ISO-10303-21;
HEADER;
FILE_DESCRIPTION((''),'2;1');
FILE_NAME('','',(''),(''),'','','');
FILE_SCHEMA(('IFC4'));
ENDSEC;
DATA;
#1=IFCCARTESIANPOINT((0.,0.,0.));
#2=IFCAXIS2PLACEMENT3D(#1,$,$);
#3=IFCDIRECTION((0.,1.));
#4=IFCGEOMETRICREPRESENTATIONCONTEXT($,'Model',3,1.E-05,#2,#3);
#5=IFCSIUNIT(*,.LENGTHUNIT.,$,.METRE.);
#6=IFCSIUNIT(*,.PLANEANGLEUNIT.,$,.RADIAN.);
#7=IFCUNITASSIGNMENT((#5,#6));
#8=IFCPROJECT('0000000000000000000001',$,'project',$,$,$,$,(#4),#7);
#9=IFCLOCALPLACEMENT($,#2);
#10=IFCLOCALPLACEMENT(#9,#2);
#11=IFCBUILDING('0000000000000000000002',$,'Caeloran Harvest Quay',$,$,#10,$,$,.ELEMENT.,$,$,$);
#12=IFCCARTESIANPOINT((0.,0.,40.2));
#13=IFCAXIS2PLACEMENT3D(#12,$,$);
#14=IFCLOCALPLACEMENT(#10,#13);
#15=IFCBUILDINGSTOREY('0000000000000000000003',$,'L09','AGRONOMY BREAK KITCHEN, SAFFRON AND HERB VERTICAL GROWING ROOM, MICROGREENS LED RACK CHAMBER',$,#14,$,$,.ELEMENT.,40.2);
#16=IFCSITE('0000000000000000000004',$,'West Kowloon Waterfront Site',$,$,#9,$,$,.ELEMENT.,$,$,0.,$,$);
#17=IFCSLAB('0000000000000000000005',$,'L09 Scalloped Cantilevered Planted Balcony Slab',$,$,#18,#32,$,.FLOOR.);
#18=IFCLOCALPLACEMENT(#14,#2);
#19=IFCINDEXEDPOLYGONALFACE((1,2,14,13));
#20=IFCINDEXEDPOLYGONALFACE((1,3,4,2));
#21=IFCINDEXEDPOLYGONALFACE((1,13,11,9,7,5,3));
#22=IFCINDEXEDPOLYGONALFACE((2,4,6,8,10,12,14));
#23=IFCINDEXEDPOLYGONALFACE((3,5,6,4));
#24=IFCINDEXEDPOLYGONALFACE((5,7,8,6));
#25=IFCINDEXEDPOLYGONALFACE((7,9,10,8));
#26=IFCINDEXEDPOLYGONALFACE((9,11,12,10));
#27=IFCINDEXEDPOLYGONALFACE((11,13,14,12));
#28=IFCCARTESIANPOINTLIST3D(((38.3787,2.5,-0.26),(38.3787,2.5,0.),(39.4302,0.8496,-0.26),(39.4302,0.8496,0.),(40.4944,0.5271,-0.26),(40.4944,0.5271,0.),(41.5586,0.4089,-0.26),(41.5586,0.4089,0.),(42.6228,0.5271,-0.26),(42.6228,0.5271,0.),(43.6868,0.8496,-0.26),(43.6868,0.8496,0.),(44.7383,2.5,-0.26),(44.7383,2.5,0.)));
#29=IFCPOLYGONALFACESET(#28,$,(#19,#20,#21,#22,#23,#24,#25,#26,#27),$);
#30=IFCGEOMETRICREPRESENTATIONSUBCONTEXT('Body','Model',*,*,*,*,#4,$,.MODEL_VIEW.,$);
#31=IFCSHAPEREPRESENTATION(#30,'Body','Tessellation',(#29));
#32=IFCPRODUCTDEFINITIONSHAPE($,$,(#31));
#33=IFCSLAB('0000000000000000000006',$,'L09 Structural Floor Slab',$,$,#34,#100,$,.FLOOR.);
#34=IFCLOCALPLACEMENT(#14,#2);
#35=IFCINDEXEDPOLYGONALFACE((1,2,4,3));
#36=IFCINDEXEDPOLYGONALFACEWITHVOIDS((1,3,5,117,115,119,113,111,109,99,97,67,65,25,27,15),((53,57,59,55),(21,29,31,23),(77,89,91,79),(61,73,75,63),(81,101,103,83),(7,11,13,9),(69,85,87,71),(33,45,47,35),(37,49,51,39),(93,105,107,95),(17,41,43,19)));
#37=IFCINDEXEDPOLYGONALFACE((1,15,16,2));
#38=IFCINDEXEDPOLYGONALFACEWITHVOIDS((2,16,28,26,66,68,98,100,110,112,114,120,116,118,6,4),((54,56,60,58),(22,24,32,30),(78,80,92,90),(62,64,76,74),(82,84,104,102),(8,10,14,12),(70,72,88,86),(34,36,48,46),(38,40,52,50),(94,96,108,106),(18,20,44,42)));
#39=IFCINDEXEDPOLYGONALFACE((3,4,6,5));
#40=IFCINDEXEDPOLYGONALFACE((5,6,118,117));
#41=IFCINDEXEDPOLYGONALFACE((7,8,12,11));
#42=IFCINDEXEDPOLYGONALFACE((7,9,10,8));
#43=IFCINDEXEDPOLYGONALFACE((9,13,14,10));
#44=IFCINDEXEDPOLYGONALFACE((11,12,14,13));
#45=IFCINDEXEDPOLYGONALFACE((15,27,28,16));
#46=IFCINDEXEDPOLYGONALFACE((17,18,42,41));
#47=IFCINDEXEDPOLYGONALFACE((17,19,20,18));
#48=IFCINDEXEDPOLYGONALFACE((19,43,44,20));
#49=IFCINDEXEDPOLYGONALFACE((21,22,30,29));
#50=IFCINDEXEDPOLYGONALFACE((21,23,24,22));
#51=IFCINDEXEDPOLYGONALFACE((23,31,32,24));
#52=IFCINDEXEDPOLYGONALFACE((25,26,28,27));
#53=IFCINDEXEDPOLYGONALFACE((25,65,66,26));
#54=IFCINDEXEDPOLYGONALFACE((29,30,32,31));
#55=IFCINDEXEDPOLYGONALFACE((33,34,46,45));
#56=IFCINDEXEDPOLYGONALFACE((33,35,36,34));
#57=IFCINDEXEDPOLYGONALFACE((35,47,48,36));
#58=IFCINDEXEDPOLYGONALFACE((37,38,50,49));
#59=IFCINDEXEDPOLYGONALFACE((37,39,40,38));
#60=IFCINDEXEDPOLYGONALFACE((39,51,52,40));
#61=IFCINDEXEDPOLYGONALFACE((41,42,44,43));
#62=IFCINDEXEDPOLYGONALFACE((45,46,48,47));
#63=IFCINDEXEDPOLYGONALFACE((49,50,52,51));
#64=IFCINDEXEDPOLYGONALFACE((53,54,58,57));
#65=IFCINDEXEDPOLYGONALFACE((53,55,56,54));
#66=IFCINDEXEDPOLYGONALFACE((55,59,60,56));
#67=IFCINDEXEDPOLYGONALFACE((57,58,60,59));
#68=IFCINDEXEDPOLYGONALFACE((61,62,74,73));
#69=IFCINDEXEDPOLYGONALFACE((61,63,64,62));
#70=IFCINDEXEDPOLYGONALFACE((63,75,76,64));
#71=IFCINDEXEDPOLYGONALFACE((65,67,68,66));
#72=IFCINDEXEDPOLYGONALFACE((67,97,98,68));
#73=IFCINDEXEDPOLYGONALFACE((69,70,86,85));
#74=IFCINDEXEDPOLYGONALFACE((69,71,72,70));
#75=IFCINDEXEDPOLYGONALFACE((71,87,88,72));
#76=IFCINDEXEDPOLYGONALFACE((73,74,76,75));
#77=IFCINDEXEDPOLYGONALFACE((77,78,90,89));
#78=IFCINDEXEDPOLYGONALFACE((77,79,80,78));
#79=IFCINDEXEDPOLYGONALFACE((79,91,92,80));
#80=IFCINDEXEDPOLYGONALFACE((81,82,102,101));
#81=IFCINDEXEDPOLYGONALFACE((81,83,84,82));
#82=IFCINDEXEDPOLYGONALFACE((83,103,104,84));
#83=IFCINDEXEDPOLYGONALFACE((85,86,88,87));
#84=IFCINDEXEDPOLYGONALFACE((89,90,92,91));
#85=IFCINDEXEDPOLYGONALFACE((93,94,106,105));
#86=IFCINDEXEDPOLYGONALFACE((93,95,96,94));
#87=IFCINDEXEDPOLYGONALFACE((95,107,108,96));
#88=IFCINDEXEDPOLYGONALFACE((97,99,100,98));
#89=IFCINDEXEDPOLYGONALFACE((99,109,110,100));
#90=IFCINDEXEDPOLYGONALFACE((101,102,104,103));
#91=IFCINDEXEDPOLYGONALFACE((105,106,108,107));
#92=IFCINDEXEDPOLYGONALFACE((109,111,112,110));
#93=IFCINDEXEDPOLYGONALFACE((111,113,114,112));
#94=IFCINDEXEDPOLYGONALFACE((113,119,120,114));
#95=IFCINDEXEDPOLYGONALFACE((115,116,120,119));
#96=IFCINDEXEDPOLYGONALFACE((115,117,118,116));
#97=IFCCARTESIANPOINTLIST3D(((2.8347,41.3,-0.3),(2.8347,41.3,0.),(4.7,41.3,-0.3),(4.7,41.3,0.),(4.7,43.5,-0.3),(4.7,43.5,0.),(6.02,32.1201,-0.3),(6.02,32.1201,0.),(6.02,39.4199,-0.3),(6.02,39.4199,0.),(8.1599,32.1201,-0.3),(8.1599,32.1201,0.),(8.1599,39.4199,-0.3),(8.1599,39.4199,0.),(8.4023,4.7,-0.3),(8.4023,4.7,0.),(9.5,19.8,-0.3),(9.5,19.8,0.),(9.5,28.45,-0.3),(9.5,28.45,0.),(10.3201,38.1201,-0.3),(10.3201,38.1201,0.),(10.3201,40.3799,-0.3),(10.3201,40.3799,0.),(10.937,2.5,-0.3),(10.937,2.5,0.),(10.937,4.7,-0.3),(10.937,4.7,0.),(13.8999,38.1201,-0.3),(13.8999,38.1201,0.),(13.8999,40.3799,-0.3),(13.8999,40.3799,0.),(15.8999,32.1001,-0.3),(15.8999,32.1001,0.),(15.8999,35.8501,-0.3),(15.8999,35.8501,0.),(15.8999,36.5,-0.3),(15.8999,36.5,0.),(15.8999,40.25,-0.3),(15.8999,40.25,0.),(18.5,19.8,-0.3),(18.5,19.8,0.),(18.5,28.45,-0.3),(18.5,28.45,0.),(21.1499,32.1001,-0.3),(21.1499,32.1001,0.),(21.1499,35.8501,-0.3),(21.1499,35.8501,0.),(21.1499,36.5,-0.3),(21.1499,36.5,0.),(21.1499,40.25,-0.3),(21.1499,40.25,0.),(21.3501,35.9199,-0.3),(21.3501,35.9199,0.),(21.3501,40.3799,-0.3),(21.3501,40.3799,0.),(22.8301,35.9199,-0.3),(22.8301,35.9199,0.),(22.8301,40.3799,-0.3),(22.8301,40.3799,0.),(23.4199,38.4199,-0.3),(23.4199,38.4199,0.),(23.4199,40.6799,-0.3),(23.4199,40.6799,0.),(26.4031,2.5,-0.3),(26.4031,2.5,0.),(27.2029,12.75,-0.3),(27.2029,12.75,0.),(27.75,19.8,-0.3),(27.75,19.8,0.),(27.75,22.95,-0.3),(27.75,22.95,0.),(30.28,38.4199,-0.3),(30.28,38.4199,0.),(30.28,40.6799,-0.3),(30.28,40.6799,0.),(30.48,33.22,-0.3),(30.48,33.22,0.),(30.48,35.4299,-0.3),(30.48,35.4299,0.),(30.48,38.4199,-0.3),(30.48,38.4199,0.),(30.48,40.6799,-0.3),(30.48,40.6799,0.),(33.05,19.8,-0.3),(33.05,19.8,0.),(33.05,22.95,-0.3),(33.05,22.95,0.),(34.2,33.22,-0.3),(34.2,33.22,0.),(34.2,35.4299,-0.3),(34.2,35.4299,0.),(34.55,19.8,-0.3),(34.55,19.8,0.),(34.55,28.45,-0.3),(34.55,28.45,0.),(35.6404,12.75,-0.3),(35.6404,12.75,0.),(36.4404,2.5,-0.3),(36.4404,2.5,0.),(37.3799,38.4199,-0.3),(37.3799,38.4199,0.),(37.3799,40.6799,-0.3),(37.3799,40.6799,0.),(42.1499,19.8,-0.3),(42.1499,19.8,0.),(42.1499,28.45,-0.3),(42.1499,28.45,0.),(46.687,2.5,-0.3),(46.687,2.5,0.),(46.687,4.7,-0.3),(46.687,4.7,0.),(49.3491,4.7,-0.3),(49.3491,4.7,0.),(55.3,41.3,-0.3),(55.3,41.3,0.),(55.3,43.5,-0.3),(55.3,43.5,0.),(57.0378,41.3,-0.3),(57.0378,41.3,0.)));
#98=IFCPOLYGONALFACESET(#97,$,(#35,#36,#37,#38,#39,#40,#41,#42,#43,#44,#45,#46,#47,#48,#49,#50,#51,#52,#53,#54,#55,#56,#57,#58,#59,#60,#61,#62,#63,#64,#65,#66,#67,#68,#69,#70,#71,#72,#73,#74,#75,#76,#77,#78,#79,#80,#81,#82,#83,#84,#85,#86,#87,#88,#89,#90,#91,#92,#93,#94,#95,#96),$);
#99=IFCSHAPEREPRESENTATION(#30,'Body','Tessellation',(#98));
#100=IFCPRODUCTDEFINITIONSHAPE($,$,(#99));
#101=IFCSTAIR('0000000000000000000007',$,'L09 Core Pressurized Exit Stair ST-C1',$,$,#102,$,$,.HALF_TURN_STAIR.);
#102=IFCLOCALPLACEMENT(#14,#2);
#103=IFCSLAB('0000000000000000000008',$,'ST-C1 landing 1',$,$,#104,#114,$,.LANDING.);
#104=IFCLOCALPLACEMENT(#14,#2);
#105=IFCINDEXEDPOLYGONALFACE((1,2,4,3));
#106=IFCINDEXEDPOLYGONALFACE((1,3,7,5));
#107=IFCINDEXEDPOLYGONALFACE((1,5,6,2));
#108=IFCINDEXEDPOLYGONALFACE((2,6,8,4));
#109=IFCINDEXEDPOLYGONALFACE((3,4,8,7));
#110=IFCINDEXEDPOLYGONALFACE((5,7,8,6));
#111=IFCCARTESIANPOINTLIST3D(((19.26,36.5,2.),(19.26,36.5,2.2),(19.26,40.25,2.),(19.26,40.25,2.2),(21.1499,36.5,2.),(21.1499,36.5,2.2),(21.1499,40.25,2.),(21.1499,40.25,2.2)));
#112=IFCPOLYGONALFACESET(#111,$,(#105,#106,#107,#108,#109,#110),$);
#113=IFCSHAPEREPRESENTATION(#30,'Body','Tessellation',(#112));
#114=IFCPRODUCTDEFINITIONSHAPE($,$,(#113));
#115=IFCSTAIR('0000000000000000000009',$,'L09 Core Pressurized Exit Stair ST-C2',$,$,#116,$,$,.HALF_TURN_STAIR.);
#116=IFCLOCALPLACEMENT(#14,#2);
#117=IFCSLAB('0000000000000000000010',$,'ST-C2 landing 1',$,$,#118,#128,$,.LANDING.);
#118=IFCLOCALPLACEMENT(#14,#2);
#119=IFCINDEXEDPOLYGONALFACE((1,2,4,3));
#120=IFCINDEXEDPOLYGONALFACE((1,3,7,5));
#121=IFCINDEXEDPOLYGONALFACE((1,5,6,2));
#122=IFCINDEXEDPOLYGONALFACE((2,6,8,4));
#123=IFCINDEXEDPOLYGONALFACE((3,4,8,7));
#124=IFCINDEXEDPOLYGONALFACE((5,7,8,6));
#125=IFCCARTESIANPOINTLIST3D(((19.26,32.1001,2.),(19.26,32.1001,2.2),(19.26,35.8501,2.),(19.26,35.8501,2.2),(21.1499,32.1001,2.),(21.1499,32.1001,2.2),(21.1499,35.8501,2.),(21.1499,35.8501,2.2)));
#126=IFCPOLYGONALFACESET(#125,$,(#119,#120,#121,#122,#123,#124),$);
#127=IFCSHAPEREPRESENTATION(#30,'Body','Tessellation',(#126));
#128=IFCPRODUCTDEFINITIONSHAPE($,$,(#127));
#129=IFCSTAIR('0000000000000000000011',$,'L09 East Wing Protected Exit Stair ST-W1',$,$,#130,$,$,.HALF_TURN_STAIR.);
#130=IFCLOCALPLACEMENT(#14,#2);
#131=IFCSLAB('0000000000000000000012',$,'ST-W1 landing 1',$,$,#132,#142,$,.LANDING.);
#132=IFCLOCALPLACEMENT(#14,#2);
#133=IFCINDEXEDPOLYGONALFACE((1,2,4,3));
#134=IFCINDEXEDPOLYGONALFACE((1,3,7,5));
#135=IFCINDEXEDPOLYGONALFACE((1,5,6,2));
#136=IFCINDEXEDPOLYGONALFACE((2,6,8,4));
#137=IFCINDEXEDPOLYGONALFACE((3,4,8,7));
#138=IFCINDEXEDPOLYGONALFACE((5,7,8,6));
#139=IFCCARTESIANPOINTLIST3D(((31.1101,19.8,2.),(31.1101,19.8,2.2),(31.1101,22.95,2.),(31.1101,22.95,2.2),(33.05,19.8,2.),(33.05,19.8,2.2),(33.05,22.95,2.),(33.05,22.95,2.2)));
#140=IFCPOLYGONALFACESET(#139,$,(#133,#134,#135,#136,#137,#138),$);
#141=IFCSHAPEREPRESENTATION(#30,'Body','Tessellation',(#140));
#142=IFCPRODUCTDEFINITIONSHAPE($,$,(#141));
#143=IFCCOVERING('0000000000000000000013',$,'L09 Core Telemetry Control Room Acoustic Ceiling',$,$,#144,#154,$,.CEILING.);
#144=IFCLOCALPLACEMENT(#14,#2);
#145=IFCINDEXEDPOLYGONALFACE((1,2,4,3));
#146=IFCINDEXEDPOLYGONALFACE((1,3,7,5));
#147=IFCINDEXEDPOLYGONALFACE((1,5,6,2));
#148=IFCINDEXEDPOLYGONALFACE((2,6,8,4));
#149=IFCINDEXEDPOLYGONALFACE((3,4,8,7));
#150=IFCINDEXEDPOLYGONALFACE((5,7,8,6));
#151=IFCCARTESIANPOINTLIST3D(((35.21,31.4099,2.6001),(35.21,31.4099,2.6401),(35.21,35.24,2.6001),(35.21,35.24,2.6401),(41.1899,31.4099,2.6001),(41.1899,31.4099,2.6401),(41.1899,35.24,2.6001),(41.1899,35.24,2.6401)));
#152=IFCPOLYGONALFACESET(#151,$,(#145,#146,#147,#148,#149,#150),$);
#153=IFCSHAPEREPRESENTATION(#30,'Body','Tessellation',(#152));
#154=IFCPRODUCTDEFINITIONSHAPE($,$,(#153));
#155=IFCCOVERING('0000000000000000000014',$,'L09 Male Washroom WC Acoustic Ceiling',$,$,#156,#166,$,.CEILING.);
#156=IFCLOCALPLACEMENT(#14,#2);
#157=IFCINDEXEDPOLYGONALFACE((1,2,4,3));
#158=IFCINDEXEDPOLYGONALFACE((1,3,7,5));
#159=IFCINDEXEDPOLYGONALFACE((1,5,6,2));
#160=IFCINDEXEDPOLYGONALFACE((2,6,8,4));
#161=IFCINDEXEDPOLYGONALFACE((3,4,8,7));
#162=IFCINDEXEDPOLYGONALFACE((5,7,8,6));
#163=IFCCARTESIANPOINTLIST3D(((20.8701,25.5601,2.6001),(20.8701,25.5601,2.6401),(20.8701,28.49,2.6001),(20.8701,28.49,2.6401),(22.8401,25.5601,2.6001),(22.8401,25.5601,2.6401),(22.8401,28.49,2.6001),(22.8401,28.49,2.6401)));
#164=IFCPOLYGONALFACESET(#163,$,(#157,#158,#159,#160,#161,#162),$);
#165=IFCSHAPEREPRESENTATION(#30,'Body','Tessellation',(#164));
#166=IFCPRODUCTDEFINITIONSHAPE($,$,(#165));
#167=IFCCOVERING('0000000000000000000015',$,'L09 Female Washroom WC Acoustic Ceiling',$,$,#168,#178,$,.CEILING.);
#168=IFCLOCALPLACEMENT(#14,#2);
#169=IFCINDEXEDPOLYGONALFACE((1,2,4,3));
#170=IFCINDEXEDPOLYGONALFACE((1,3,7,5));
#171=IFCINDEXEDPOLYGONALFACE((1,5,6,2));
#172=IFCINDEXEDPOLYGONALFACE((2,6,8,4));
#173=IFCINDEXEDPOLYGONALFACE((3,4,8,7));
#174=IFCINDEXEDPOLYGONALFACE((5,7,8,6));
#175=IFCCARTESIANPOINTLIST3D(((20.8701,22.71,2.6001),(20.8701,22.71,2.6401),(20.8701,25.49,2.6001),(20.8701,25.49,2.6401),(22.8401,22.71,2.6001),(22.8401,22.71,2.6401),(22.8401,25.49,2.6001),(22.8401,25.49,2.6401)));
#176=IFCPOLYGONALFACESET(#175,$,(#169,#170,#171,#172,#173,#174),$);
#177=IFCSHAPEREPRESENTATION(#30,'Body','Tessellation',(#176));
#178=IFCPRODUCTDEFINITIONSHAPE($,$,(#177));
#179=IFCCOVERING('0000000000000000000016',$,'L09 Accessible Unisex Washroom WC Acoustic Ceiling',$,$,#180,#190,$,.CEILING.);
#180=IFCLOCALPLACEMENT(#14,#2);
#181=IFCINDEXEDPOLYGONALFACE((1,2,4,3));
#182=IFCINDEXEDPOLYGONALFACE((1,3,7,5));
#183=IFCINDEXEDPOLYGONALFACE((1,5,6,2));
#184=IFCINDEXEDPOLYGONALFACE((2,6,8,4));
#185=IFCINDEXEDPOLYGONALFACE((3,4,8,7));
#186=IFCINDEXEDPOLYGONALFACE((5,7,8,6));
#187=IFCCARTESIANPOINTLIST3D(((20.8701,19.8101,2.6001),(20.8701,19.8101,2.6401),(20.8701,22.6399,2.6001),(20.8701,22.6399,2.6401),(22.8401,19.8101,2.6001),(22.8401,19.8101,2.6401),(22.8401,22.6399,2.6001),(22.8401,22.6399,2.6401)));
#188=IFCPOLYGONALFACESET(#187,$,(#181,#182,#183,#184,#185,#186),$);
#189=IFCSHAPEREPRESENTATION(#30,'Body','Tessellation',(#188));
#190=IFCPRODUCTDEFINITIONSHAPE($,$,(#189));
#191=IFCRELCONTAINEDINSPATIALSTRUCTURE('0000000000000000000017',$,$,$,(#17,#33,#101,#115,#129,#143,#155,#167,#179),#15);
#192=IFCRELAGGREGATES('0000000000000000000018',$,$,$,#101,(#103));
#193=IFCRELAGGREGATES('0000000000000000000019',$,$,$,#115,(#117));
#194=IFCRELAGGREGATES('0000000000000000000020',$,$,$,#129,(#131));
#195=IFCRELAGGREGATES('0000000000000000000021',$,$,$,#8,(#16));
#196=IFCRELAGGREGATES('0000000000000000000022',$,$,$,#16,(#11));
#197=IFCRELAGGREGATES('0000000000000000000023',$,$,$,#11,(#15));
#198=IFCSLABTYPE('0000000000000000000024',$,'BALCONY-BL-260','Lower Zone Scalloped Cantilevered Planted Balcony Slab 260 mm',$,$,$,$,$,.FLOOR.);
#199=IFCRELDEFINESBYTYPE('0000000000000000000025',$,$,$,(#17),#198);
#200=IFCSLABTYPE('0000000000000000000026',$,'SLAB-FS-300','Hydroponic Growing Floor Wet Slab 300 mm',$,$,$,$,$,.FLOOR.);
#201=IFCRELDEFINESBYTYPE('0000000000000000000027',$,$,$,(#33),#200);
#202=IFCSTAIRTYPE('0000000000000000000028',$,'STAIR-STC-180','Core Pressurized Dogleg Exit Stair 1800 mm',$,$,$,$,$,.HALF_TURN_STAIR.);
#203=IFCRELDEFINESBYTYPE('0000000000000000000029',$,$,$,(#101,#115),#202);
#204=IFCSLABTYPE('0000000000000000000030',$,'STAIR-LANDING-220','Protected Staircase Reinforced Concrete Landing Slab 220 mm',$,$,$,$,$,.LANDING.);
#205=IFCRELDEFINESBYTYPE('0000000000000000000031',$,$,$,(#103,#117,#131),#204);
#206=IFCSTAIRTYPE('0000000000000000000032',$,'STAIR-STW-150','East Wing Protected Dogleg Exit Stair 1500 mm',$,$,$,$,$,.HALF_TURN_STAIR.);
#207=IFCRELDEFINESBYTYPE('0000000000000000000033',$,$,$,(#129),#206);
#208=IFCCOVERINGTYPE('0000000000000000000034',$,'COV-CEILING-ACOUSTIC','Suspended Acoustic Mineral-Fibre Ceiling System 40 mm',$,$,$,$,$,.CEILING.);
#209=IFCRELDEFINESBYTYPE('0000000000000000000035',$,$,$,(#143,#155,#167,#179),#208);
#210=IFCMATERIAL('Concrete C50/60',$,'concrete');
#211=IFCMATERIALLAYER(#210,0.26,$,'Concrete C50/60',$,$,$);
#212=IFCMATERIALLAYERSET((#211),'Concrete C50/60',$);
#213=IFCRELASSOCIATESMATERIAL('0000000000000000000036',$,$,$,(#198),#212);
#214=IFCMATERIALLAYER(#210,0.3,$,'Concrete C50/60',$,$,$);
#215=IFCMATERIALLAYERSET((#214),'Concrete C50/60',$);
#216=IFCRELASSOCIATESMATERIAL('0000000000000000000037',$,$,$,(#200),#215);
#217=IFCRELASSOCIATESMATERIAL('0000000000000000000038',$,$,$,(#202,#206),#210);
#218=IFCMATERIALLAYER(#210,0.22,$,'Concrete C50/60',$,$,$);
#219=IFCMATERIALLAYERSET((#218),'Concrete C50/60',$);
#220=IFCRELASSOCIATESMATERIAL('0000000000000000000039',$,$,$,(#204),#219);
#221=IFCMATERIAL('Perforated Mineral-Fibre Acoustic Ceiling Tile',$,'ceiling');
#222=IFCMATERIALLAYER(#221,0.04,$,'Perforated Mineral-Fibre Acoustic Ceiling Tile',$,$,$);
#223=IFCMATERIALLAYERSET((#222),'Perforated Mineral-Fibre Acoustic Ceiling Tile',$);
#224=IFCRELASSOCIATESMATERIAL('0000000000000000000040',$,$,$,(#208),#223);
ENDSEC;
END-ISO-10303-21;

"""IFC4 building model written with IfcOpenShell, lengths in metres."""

from ifc_helpers import new_model, si_unit, direction, frame, origin, place, context, subcontext, project, spatial, polyline, outline, extrude, material, layer, layer_set, type_object, element, aggregate, save


model = new_model("IFC4")

# Units and contexts
model_context = context("Model", 3, precision=1e-05, world=origin(), true_north=direction((0.0, 1.0)))
body_context = subcontext(model_context, "Body", "Model", "MODEL_VIEW")
ifc_project = project(units=[si_unit("LENGTHUNIT", "METRE"), si_unit("PLANEANGLEUNIT", "RADIAN")], contexts=[model_context])

# Site, building, storey
site_placement = place(None, origin())
site = spatial("IfcSite", under=ifc_project, at=site_placement, Name="West Kowloon Waterfront Site", CompositionType="ELEMENT", RefElevation=0.0)
building_placement = place(site_placement, origin())
building = spatial("IfcBuilding", under=site, at=building_placement, Name="Caeloran Harvest Quay", CompositionType="ELEMENT")
storey_placement = place(building_placement, frame((0.0, 0.0, 40.2)))
storey = spatial("IfcBuildingStorey", under=building, at=storey_placement, Name="L09", Description="AGRONOMY BREAK KITCHEN, SAFFRON AND HERB VERTICAL GROWING ROOM, MICROGREENS LED RACK CHAMBER", CompositionType="ELEMENT", Elevation=40.2)

# Slabs
ifc_material_1 = material(Name="Concrete C50/60", Category="concrete")
ifc_layer_1 = layer(ifc_material_1, 0.26, Name="Concrete C50/60")
ifc_layer_set_1 = layer_set([ifc_layer_1], Name="Concrete C50/60")
slab_type_1 = type_object("IfcSlabType", Name="BALCONY-BL-260", Description="Lower Zone Scalloped Cantilevered Planted Balcony Slab 260 mm", PredefinedType="FLOOR", material=ifc_layer_set_1)
slab_1_placement = place(storey_placement, frame((0.0, 0.0, -0.26)))
element("IfcSlab", 1, at=slab_1_placement, inside=storey, type_object=slab_type_1, Name="L09 Scalloped Cantilevered Planted Balcony Slab", PredefinedType="FLOOR", context=body_context, shape_type="SweptSolid", body=[
    extrude(outline(polyline([(43.6868, 0.8496), (42.6228, 0.5271), (41.5586, 0.4089), (40.4944, 0.5271), (39.4302, 0.8496), (38.3787, 2.5), (44.7383, 2.5), (43.6868, 0.8496)])), origin(), (0.0, 0.0, 1.0), 0.26),
])
ifc_layer_2 = layer(ifc_material_1, 0.3, Name="Concrete C50/60")
ifc_layer_set_2 = layer_set([ifc_layer_2], Name="Concrete C50/60")
slab_type_2 = type_object("IfcSlabType", Name="SLAB-FS-300", Description="Hydroponic Growing Floor Wet Slab 300 mm", PredefinedType="FLOOR", material=ifc_layer_set_2)
slab_2_placement = place(storey_placement, frame((0.0, 0.0, -0.3)))
element("IfcSlab", 2, at=slab_2_placement, inside=storey, type_object=slab_type_2, Name="L09 Structural Floor Slab", PredefinedType="FLOOR", context=body_context, shape_type="SweptSolid", body=[
    extrude(outline(polyline([(10.937, 2.5), (26.4031, 2.5), (27.2029, 12.75), (35.6404, 12.75), (36.4404, 2.5), (46.687, 2.5), (46.687, 4.7), (49.3491, 4.7), (57.0378, 41.3), (55.3, 41.3), (55.3, 43.5), (4.7, 43.5), (4.7, 41.3), (2.8347, 41.3), (8.4023, 4.7), (10.937, 4.7), (10.937, 2.5)]), holes=[polyline([(18.5, 19.8), (9.5, 19.8), (9.5, 28.45), (18.5, 28.45), (18.5, 19.8)]), polyline([(15.8999, 32.1001), (15.8999, 35.8501), (21.1499, 35.8501), (21.1499, 32.1001), (15.8999, 32.1001)]), polyline([(8.1599, 32.1201), (6.02, 32.1201), (6.02, 39.4199), (8.1599, 39.4199), (8.1599, 32.1201)]), polyline([(21.3501, 35.9199), (21.3501, 40.3799), (22.8301, 40.3799), (22.8301, 35.9199), (21.3501, 35.9199)]), polyline([(15.8999, 40.25), (21.1499, 40.25), (21.1499, 36.5), (15.8999, 36.5), (15.8999, 40.25)]), polyline([(13.8999, 38.1201), (10.3201, 38.1201), (10.3201, 40.3799), (13.8999, 40.3799), (13.8999, 38.1201)]), polyline([(27.75, 22.95), (33.05, 22.95), (33.05, 19.8), (27.75, 19.8), (27.75, 22.95)]), polyline([(34.55, 19.8), (34.55, 28.45), (42.1499, 28.45), (42.1499, 19.8), (34.55, 19.8)]), polyline([(34.2, 33.22), (30.48, 33.22), (30.48, 35.4299), (34.2, 35.4299), (34.2, 33.22)]), polyline([(23.4199, 38.4199), (23.4199, 40.6799), (30.28, 40.6799), (30.28, 38.4199), (23.4199, 38.4199)]), polyline([(30.48, 38.4199), (30.48, 40.6799), (37.3799, 40.6799), (37.3799, 38.4199), (30.48, 38.4199)])]), origin(), (0.0, 0.0, 1.0), 0.3),
])

# Stairs, slabs
stair_type_1 = type_object("IfcStairType", Name="STAIR-STC-180", Description="Core Pressurized Dogleg Exit Stair 1800 mm", PredefinedType="HALF_TURN_STAIR", material=ifc_material_1)
stair_1_placement = place(storey_placement, origin())
stair_1 = element("IfcStair", 3, at=stair_1_placement, inside=storey, type_object=stair_type_1, Name="L09 Core Pressurized Exit Stair ST-C1", PredefinedType="HALF_TURN_STAIR")
ifc_layer_3 = layer(ifc_material_1, 0.22, Name="Concrete C50/60")
ifc_layer_set_3 = layer_set([ifc_layer_3], Name="Concrete C50/60")
slab_type_3 = type_object("IfcSlabType", Name="STAIR-LANDING-220", Description="Protected Staircase Reinforced Concrete Landing Slab 220 mm", PredefinedType="LANDING", material=ifc_layer_set_3)
slab_3_placement = place(storey_placement, frame((0.0, 0.0, 2.0)))
slab_3 = element("IfcSlab", 4, at=slab_3_placement, type_object=slab_type_3, Name="ST-C1 landing 1", PredefinedType="LANDING", context=body_context, shape_type="SweptSolid", body=[
    extrude(outline(polyline([(19.26, 36.5), (21.1499, 36.5), (21.1499, 40.25), (19.26, 40.25), (19.26, 36.5)])), origin(), (0.0, 0.0, 1.0), 0.2),
])
aggregate(stair_1, [slab_3])
stair_2_placement = place(storey_placement, origin())
stair_2 = element("IfcStair", 5, at=stair_2_placement, inside=storey, type_object=stair_type_1, Name="L09 Core Pressurized Exit Stair ST-C2", PredefinedType="HALF_TURN_STAIR")
slab_4_placement = place(storey_placement, frame((0.0, 0.0, 2.0)))
slab_4 = element("IfcSlab", 6, at=slab_4_placement, type_object=slab_type_3, Name="ST-C2 landing 1", PredefinedType="LANDING", context=body_context, shape_type="SweptSolid", body=[
    extrude(outline(polyline([(19.26, 32.1001), (21.1499, 32.1001), (21.1499, 35.8501), (19.26, 35.8501), (19.26, 32.1001)])), origin(), (0.0, 0.0, 1.0), 0.2),
])
aggregate(stair_2, [slab_4])
stair_type_2 = type_object("IfcStairType", Name="STAIR-STW-150", Description="East Wing Protected Dogleg Exit Stair 1500 mm", PredefinedType="HALF_TURN_STAIR", material=ifc_material_1)
stair_3_placement = place(storey_placement, origin())
stair_3 = element("IfcStair", 7, at=stair_3_placement, inside=storey, type_object=stair_type_2, Name="L09 East Wing Protected Exit Stair ST-W1", PredefinedType="HALF_TURN_STAIR")
slab_5_placement = place(storey_placement, frame((0.0, 0.0, 2.0)))
slab_5 = element("IfcSlab", 8, at=slab_5_placement, type_object=slab_type_3, Name="ST-W1 landing 1", PredefinedType="LANDING", context=body_context, shape_type="SweptSolid", body=[
    extrude(outline(polyline([(31.1101, 19.8), (33.05, 19.8), (33.05, 22.95), (31.1101, 22.95), (31.1101, 19.8)])), origin(), (0.0, 0.0, 1.0), 0.2),
])
aggregate(stair_3, [slab_5])

# Coverings
ifc_material_2 = material(Name="Perforated Mineral-Fibre Acoustic Ceiling Tile", Category="ceiling")
ifc_layer_4 = layer(ifc_material_2, 0.04, Name="Perforated Mineral-Fibre Acoustic Ceiling Tile")
ifc_layer_set_4 = layer_set([ifc_layer_4], Name="Perforated Mineral-Fibre Acoustic Ceiling Tile")
covering_type_1 = type_object("IfcCoveringType", Name="COV-CEILING-ACOUSTIC", Description="Suspended Acoustic Mineral-Fibre Ceiling System 40 mm", PredefinedType="CEILING", material=ifc_layer_set_4)
covering_1_placement = place(storey_placement, frame((0.0, 0.0, 2.6001)))
element("IfcCovering", 9, at=covering_1_placement, inside=storey, type_object=covering_type_1, Name="L09 Core Telemetry Control Room Acoustic Ceiling", PredefinedType="CEILING", context=body_context, shape_type="SweptSolid", body=[
    extrude(outline(polyline([(41.1899, 35.24), (41.1899, 31.4099), (35.21, 31.4099), (35.21, 35.24), (41.1899, 35.24)])), origin(), (0.0, 0.0, 1.0), 0.04),
])
covering_2_placement = place(storey_placement, frame((0.0, 0.0, 2.6001)))
element("IfcCovering", 10, at=covering_2_placement, inside=storey, type_object=covering_type_1, Name="L09 Male Washroom WC Acoustic Ceiling", PredefinedType="CEILING", context=body_context, shape_type="SweptSolid", body=[
    extrude(outline(polyline([(22.8401, 25.5601), (20.8701, 25.5601), (20.8701, 28.49), (22.8401, 28.49), (22.8401, 25.5601)])), origin(), (0.0, 0.0, 1.0), 0.04),
])
covering_3_placement = place(storey_placement, frame((0.0, 0.0, 2.6001)))
element("IfcCovering", 11, at=covering_3_placement, inside=storey, type_object=covering_type_1, Name="L09 Female Washroom WC Acoustic Ceiling", PredefinedType="CEILING", context=body_context, shape_type="SweptSolid", body=[
    extrude(outline(polyline([(22.8401, 22.71), (20.8701, 22.71), (20.8701, 25.49), (22.8401, 25.49), (22.8401, 22.71)])), origin(), (0.0, 0.0, 1.0), 0.04),
])
covering_4_placement = place(storey_placement, frame((0.0, 0.0, 2.6001)))
element("IfcCovering", 12, at=covering_4_placement, inside=storey, type_object=covering_type_1, Name="L09 Accessible Unisex Washroom WC Acoustic Ceiling", PredefinedType="CEILING", context=body_context, shape_type="SweptSolid", body=[
    extrude(outline(polyline([(22.8401, 19.8101), (20.8701, 19.8101), (20.8701, 22.6399), (22.8401, 22.6399), (22.8401, 19.8101)])), origin(), (0.0, 0.0, 1.0), 0.04),
])

save(model, "model.ifc")
